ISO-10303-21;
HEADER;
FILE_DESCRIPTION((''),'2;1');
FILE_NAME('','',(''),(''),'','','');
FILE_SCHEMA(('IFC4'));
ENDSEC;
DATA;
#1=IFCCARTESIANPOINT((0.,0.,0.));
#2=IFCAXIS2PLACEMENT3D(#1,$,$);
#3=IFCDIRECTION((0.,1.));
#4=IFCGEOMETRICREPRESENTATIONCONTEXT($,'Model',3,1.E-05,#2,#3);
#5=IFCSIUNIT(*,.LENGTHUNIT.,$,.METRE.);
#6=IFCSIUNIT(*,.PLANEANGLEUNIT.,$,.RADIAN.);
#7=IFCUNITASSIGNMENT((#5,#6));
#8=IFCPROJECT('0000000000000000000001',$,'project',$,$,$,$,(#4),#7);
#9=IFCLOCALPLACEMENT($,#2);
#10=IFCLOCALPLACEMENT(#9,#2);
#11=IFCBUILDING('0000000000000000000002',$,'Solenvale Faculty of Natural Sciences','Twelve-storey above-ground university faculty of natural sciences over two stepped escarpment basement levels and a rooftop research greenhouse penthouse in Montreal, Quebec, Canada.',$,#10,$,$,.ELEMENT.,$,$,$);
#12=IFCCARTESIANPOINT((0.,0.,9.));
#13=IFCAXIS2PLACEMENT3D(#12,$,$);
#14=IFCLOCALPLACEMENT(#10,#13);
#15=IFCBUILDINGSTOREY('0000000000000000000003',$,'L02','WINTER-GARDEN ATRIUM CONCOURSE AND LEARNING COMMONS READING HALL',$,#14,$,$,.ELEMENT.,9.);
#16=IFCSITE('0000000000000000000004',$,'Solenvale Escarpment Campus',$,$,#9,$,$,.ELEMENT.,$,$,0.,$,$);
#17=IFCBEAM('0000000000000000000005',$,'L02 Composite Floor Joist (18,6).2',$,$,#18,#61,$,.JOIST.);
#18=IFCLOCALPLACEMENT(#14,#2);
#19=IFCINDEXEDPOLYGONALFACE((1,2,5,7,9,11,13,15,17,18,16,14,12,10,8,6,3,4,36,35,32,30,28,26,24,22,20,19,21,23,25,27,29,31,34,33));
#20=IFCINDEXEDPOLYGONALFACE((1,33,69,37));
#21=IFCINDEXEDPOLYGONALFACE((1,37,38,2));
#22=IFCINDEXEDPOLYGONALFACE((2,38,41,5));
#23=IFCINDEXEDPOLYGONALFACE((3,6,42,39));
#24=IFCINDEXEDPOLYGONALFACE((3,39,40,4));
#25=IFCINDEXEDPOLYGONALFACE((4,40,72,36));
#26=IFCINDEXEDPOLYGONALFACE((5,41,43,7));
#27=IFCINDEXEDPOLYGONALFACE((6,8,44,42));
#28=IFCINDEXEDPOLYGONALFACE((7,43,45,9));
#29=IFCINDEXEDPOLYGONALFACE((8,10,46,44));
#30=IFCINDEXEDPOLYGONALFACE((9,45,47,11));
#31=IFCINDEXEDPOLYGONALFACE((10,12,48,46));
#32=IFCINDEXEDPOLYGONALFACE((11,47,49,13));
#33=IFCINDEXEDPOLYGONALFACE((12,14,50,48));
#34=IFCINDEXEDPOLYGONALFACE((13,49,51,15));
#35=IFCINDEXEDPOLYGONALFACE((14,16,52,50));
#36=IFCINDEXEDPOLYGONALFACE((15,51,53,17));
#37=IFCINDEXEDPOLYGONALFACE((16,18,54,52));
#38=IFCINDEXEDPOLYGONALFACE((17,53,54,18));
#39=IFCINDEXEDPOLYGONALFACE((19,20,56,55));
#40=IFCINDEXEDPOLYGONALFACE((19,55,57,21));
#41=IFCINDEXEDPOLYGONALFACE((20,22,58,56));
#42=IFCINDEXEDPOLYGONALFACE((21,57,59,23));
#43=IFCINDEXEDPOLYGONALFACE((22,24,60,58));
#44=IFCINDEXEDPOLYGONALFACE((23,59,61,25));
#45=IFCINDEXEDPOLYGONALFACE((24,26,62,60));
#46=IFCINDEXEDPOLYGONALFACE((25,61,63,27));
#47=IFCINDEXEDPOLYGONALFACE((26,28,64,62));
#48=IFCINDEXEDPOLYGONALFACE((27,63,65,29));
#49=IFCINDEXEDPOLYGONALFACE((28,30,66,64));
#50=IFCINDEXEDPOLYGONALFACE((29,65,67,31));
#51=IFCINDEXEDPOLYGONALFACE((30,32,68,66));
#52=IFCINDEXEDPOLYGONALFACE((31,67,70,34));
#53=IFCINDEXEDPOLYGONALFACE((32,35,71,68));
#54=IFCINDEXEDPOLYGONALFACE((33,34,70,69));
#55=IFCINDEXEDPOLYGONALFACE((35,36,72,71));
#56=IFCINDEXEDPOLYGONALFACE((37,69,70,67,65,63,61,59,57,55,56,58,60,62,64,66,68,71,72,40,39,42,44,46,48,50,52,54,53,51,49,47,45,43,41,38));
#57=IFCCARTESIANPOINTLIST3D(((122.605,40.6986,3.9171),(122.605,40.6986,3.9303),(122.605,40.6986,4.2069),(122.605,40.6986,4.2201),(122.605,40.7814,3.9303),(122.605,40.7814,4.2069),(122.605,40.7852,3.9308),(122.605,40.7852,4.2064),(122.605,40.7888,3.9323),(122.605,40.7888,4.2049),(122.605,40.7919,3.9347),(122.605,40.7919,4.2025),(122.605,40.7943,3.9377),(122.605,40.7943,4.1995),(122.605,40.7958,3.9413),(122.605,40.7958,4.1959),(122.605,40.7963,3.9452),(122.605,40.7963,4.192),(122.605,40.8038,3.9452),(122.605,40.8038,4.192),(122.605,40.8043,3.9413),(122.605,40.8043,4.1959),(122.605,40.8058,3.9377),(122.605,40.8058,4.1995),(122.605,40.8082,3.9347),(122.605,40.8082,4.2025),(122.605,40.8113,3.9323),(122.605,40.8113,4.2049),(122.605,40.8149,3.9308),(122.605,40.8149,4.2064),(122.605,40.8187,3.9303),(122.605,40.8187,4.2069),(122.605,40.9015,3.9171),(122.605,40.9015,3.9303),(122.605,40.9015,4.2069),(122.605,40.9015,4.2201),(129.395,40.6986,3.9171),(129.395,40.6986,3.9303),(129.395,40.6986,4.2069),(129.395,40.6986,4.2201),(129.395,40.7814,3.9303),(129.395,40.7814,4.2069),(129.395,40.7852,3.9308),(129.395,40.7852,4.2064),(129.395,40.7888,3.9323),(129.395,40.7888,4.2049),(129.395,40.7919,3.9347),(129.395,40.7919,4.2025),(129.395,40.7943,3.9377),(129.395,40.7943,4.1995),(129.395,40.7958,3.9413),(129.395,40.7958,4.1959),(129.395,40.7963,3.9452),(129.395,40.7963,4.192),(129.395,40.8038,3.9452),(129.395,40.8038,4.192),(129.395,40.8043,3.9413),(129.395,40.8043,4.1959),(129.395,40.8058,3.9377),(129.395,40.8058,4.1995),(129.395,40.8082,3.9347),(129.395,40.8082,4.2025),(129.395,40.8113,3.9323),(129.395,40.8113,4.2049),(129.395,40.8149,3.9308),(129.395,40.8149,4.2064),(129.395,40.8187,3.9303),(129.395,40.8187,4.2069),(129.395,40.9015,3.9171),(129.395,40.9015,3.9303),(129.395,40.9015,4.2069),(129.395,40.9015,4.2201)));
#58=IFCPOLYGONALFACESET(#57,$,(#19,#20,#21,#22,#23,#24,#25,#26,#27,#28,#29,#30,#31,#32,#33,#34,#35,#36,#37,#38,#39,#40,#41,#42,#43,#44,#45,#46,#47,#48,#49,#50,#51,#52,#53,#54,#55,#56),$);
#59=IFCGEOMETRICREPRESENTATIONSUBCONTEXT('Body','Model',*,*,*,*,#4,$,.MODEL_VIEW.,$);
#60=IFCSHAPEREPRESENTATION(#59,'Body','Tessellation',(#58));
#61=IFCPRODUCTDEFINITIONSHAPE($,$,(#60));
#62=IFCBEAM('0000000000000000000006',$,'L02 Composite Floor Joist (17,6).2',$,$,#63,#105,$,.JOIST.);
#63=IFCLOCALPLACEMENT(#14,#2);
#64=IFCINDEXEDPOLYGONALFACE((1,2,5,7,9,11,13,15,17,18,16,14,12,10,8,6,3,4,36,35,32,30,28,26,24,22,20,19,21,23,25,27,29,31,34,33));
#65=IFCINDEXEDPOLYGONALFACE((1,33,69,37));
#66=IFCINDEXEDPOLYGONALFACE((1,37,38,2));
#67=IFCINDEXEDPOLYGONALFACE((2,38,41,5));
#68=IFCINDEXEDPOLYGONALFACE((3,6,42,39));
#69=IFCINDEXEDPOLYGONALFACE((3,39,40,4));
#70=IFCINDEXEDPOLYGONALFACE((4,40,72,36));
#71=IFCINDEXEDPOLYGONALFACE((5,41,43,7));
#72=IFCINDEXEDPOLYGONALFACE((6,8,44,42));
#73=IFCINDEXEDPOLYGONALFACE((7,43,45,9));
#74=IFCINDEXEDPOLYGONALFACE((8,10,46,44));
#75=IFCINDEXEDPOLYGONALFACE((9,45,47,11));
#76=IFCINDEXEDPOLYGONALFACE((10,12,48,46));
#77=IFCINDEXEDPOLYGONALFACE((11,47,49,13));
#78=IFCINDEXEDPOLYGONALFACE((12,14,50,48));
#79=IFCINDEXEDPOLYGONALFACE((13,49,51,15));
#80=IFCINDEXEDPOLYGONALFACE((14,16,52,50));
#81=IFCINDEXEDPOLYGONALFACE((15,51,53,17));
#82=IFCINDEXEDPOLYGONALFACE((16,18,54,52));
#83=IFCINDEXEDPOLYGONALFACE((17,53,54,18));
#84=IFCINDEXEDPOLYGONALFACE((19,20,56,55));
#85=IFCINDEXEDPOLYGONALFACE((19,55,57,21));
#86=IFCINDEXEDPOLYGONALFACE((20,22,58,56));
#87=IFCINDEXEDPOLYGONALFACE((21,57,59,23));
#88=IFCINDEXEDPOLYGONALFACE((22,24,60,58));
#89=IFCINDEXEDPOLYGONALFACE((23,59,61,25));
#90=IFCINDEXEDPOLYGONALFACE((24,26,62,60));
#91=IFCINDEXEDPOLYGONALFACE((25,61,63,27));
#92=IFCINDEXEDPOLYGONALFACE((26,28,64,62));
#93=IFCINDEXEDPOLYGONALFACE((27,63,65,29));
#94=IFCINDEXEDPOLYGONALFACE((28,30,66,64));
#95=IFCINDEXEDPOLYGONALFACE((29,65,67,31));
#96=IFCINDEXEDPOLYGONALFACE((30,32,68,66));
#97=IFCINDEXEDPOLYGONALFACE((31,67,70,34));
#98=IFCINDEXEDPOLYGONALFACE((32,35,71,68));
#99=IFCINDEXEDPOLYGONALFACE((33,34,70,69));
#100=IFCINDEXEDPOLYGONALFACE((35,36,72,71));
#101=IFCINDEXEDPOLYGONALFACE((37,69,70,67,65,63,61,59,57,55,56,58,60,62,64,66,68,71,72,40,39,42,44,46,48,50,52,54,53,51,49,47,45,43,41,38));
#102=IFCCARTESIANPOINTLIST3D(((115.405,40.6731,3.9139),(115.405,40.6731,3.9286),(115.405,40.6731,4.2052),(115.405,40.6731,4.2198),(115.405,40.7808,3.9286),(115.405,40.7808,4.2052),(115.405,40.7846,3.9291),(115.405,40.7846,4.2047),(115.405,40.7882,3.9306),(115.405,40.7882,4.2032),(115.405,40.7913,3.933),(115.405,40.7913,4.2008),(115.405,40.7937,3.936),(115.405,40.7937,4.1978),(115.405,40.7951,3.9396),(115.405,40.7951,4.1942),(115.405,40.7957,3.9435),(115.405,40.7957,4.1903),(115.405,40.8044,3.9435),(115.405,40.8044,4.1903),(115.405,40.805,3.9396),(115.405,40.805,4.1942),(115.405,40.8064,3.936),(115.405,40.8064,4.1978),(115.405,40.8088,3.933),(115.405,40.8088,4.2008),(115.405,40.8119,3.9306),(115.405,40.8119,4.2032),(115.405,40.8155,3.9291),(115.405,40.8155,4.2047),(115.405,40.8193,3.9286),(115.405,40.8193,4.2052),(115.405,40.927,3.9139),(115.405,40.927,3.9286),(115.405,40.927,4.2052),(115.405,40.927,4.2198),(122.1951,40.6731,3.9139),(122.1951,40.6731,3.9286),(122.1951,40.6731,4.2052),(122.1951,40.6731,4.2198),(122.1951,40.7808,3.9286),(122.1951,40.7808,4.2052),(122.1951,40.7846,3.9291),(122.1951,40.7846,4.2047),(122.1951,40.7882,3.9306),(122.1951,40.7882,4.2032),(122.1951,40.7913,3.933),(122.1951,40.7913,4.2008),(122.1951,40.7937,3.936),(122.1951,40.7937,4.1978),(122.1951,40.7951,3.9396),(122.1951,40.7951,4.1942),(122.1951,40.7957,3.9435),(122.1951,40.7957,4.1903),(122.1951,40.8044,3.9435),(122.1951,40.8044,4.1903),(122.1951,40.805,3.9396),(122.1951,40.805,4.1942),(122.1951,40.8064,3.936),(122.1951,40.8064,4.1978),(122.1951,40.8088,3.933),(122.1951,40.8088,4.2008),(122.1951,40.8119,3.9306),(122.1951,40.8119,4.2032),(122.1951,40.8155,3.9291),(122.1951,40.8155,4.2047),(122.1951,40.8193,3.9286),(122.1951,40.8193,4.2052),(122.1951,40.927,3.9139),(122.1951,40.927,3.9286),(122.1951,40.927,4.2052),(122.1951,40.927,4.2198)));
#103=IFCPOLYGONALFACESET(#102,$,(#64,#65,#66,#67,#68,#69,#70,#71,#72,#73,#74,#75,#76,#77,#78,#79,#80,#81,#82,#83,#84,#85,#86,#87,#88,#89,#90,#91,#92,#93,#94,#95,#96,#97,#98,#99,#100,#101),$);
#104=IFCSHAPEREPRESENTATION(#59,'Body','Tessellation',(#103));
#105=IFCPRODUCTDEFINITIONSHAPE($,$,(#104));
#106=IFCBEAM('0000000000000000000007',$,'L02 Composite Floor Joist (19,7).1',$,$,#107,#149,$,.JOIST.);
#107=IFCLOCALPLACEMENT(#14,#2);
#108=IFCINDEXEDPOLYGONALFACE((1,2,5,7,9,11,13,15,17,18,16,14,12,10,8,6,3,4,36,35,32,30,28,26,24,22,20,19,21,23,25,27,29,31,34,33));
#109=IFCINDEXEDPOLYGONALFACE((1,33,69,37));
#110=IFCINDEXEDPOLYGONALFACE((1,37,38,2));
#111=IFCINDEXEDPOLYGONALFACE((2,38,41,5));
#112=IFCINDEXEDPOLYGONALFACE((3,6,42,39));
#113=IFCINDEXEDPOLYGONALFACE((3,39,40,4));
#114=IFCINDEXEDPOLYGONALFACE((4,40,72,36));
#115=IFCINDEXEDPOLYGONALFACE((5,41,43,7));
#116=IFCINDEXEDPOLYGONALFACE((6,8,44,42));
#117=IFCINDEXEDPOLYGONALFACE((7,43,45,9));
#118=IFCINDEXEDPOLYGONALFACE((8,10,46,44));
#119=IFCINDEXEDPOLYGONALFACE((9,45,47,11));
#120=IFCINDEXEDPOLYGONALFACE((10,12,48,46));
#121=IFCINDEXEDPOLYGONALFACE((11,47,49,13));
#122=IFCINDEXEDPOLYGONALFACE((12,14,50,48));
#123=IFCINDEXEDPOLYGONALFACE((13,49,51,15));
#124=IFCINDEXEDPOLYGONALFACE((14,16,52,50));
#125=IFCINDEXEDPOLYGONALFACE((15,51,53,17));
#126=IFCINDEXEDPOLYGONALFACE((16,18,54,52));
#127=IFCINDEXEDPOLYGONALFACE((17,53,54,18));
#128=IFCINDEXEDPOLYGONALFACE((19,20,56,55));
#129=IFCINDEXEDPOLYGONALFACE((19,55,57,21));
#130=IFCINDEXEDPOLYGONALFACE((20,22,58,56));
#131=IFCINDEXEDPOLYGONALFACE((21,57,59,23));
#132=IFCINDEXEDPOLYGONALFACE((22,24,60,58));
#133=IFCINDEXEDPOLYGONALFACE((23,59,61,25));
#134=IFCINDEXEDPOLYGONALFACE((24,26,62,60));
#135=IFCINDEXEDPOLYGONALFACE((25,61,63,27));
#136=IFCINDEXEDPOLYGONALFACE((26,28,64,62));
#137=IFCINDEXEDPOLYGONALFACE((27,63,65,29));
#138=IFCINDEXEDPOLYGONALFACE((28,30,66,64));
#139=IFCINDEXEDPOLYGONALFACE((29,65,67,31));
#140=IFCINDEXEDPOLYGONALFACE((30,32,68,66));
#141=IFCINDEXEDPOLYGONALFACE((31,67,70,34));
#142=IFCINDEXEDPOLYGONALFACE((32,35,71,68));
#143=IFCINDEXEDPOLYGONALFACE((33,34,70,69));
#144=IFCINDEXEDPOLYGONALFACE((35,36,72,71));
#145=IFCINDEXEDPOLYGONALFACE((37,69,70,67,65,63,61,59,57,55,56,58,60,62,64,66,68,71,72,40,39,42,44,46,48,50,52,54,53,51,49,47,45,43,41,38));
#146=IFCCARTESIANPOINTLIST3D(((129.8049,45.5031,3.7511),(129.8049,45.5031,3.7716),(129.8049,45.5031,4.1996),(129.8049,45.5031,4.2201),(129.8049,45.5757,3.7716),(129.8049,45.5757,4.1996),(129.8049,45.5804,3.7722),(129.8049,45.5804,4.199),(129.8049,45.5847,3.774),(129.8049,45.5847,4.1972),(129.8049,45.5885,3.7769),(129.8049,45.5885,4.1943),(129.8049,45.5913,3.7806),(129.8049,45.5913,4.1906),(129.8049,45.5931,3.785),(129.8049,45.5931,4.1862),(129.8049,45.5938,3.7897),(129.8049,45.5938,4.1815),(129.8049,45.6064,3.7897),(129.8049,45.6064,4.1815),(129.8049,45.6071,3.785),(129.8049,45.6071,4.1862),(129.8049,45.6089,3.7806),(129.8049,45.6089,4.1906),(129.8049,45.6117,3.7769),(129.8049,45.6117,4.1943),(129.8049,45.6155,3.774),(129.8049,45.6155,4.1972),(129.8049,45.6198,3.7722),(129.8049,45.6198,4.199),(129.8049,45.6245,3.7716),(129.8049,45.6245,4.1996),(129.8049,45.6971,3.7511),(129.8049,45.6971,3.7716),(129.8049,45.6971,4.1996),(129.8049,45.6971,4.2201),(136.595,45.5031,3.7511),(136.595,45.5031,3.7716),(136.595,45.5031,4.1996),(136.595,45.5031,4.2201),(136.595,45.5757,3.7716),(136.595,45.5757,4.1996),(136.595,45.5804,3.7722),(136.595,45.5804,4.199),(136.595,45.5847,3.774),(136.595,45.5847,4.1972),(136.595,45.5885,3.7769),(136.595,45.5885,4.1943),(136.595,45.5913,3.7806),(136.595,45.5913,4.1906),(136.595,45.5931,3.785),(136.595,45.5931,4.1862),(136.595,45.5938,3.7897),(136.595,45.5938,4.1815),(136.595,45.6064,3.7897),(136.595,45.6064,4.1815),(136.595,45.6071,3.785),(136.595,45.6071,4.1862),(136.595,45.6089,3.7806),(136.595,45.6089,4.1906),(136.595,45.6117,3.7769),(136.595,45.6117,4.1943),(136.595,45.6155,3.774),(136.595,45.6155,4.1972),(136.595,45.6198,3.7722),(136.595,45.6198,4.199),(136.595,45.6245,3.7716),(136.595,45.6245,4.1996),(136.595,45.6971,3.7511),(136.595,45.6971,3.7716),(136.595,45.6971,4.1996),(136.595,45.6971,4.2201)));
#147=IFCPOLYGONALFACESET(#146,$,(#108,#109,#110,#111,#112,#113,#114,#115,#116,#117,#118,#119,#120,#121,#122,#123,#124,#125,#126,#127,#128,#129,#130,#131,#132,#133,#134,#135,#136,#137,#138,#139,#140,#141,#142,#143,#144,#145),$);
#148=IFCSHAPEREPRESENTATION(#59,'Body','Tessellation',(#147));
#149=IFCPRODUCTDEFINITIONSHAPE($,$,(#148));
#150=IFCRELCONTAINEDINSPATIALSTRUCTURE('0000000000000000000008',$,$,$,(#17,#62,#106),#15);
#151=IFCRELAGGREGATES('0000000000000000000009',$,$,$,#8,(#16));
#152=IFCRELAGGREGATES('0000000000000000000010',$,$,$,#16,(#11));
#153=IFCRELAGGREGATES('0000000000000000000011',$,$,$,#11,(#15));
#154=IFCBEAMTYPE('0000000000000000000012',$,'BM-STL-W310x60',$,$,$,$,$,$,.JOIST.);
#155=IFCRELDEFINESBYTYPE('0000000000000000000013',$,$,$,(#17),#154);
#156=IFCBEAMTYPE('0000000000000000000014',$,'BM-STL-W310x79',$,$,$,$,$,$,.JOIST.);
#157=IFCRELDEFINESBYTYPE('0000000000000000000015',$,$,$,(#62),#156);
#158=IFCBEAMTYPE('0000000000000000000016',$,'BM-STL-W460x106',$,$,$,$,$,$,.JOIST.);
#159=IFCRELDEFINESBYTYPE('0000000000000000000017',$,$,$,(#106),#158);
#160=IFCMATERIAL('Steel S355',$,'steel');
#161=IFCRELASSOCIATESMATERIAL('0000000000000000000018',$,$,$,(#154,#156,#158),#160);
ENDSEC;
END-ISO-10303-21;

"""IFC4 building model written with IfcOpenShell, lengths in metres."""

from ifc_helpers import new_model, si_unit, direction, frame, origin, origin_2d, place, context, subcontext, project, spatial, i_section, extrude, material, material_profile, profile_set, type_object, element, save


model = new_model("IFC4")

# Units and contexts
model_context = context("Model", 3, precision=1e-05, world=origin(), true_north=direction((0.0, 1.0)))
body_context = subcontext(model_context, "Body", "Model", "MODEL_VIEW")
ifc_project = project(units=[si_unit("LENGTHUNIT", "METRE"), si_unit("PLANEANGLEUNIT", "RADIAN")], contexts=[model_context])

# Site, building, storey
site_placement = place(None, origin())
site = spatial("IfcSite", under=ifc_project, at=site_placement, Name="Solenvale Escarpment Campus", CompositionType="ELEMENT", RefElevation=0.0)
building_placement = place(site_placement, origin())
building = spatial("IfcBuilding", under=site, at=building_placement, Name="Solenvale Faculty of Natural Sciences", Description="Twelve-storey above-ground university faculty of natural sciences over two stepped escarpment basement levels and a rooftop research greenhouse penthouse in Montreal, Quebec, Canada.", CompositionType="ELEMENT")
storey_placement = place(building_placement, frame((0.0, 0.0, 9.0)))
storey = spatial("IfcBuildingStorey", under=building, at=storey_placement, Name="L02", Description="WINTER-GARDEN ATRIUM CONCOURSE AND LEARNING COMMONS READING HALL", CompositionType="ELEMENT", Elevation=9.0)

# Beams
ifc_material_1 = material(Name="Steel S355", Category="steel")
ifc_material_profile_1 = material_profile(ifc_material_1, i_section(OverallWidth=0.2029, OverallDepth=0.303, WebThickness=0.0076, FlangeThickness=0.0132, FilletRadius=0.0149, at=origin_2d()), Name="W310x60")
ifc_profile_set_1 = profile_set([ifc_material_profile_1], Name="Steel S355")
beam_type_1 = type_object("IfcBeamType", Name="BM-STL-W310x60", PredefinedType="JOIST", material=ifc_profile_set_1)
for number, where, z_axis, x_axis, name in (
    (1, (122.605, 40.8, 4.0686), (1.0, 0.0, 0.0), (0.0, 1.0, 0.0), "L02 Composite Floor Joist (18,6).2"),
):
    element("IfcBeam", number, at=place(storey_placement, frame(where, z_axis=z_axis, x_axis=x_axis)), inside=storey, type_object=beam_type_1, Name=name, PredefinedType="JOIST", context=body_context, shape_type="SweptSolid", body=[
        extrude(i_section(OverallWidth=0.2029, OverallDepth=0.303, WebThickness=0.0076, FlangeThickness=0.0132, FilletRadius=0.0149, at=origin_2d()), origin(), (0.0, 0.0, 1.0), 6.79),
    ])
ifc_material_profile_2 = material_profile(ifc_material_1, i_section(OverallWidth=0.2539, OverallDepth=0.3059, WebThickness=0.0088, FlangeThickness=0.0146, FilletRadius=0.0149, at=origin_2d()), Name="W310x79")
ifc_profile_set_2 = profile_set([ifc_material_profile_2], Name="Steel S355")
beam_type_2 = type_object("IfcBeamType", Name="BM-STL-W310x79", PredefinedType="JOIST", material=ifc_profile_set_2)
beam_1_placement = place(storey_placement, frame((115.405, 40.8, 4.0669), z_axis=(1.0, 0.0, 0.0), x_axis=(0.0, 1.0, 0.0)))
element("IfcBeam", 2, at=beam_1_placement, inside=storey, type_object=beam_type_2, Name="L02 Composite Floor Joist (17,6).2", PredefinedType="JOIST", context=body_context, shape_type="SweptSolid", body=[
    extrude(i_section(OverallWidth=0.2539, OverallDepth=0.3059, WebThickness=0.0088, FlangeThickness=0.0146, FilletRadius=0.0149, at=origin_2d()), origin(), (0.0, 0.0, 1.0), 6.79),
])
ifc_material_profile_3 = material_profile(ifc_material_1, i_section(OverallWidth=0.1941, OverallDepth=0.469, WebThickness=0.0127, FlangeThickness=0.0205, FilletRadius=0.0181, at=origin_2d()), Name="W460x106")
ifc_profile_set_3 = profile_set([ifc_material_profile_3], Name="Steel S355")
beam_type_3 = type_object("IfcBeamType", Name="BM-STL-W460x106", PredefinedType="JOIST", material=ifc_profile_set_3)
beam_2_placement = place(storey_placement, frame((129.8049, 45.6001, 3.9856), z_axis=(1.0, 0.0, 0.0), x_axis=(0.0, 1.0, 0.0)))
element("IfcBeam", 3, at=beam_2_placement, inside=storey, type_object=beam_type_3, Name="L02 Composite Floor Joist (19,7).1", PredefinedType="JOIST", context=body_context, shape_type="SweptSolid", body=[
    extrude(i_section(OverallWidth=0.1941, OverallDepth=0.469, WebThickness=0.0127, FlangeThickness=0.0205, FilletRadius=0.0181, at=origin_2d()), origin(), (0.0, 0.0, 1.0), 6.79),
])

save(model, "model.ifc")
